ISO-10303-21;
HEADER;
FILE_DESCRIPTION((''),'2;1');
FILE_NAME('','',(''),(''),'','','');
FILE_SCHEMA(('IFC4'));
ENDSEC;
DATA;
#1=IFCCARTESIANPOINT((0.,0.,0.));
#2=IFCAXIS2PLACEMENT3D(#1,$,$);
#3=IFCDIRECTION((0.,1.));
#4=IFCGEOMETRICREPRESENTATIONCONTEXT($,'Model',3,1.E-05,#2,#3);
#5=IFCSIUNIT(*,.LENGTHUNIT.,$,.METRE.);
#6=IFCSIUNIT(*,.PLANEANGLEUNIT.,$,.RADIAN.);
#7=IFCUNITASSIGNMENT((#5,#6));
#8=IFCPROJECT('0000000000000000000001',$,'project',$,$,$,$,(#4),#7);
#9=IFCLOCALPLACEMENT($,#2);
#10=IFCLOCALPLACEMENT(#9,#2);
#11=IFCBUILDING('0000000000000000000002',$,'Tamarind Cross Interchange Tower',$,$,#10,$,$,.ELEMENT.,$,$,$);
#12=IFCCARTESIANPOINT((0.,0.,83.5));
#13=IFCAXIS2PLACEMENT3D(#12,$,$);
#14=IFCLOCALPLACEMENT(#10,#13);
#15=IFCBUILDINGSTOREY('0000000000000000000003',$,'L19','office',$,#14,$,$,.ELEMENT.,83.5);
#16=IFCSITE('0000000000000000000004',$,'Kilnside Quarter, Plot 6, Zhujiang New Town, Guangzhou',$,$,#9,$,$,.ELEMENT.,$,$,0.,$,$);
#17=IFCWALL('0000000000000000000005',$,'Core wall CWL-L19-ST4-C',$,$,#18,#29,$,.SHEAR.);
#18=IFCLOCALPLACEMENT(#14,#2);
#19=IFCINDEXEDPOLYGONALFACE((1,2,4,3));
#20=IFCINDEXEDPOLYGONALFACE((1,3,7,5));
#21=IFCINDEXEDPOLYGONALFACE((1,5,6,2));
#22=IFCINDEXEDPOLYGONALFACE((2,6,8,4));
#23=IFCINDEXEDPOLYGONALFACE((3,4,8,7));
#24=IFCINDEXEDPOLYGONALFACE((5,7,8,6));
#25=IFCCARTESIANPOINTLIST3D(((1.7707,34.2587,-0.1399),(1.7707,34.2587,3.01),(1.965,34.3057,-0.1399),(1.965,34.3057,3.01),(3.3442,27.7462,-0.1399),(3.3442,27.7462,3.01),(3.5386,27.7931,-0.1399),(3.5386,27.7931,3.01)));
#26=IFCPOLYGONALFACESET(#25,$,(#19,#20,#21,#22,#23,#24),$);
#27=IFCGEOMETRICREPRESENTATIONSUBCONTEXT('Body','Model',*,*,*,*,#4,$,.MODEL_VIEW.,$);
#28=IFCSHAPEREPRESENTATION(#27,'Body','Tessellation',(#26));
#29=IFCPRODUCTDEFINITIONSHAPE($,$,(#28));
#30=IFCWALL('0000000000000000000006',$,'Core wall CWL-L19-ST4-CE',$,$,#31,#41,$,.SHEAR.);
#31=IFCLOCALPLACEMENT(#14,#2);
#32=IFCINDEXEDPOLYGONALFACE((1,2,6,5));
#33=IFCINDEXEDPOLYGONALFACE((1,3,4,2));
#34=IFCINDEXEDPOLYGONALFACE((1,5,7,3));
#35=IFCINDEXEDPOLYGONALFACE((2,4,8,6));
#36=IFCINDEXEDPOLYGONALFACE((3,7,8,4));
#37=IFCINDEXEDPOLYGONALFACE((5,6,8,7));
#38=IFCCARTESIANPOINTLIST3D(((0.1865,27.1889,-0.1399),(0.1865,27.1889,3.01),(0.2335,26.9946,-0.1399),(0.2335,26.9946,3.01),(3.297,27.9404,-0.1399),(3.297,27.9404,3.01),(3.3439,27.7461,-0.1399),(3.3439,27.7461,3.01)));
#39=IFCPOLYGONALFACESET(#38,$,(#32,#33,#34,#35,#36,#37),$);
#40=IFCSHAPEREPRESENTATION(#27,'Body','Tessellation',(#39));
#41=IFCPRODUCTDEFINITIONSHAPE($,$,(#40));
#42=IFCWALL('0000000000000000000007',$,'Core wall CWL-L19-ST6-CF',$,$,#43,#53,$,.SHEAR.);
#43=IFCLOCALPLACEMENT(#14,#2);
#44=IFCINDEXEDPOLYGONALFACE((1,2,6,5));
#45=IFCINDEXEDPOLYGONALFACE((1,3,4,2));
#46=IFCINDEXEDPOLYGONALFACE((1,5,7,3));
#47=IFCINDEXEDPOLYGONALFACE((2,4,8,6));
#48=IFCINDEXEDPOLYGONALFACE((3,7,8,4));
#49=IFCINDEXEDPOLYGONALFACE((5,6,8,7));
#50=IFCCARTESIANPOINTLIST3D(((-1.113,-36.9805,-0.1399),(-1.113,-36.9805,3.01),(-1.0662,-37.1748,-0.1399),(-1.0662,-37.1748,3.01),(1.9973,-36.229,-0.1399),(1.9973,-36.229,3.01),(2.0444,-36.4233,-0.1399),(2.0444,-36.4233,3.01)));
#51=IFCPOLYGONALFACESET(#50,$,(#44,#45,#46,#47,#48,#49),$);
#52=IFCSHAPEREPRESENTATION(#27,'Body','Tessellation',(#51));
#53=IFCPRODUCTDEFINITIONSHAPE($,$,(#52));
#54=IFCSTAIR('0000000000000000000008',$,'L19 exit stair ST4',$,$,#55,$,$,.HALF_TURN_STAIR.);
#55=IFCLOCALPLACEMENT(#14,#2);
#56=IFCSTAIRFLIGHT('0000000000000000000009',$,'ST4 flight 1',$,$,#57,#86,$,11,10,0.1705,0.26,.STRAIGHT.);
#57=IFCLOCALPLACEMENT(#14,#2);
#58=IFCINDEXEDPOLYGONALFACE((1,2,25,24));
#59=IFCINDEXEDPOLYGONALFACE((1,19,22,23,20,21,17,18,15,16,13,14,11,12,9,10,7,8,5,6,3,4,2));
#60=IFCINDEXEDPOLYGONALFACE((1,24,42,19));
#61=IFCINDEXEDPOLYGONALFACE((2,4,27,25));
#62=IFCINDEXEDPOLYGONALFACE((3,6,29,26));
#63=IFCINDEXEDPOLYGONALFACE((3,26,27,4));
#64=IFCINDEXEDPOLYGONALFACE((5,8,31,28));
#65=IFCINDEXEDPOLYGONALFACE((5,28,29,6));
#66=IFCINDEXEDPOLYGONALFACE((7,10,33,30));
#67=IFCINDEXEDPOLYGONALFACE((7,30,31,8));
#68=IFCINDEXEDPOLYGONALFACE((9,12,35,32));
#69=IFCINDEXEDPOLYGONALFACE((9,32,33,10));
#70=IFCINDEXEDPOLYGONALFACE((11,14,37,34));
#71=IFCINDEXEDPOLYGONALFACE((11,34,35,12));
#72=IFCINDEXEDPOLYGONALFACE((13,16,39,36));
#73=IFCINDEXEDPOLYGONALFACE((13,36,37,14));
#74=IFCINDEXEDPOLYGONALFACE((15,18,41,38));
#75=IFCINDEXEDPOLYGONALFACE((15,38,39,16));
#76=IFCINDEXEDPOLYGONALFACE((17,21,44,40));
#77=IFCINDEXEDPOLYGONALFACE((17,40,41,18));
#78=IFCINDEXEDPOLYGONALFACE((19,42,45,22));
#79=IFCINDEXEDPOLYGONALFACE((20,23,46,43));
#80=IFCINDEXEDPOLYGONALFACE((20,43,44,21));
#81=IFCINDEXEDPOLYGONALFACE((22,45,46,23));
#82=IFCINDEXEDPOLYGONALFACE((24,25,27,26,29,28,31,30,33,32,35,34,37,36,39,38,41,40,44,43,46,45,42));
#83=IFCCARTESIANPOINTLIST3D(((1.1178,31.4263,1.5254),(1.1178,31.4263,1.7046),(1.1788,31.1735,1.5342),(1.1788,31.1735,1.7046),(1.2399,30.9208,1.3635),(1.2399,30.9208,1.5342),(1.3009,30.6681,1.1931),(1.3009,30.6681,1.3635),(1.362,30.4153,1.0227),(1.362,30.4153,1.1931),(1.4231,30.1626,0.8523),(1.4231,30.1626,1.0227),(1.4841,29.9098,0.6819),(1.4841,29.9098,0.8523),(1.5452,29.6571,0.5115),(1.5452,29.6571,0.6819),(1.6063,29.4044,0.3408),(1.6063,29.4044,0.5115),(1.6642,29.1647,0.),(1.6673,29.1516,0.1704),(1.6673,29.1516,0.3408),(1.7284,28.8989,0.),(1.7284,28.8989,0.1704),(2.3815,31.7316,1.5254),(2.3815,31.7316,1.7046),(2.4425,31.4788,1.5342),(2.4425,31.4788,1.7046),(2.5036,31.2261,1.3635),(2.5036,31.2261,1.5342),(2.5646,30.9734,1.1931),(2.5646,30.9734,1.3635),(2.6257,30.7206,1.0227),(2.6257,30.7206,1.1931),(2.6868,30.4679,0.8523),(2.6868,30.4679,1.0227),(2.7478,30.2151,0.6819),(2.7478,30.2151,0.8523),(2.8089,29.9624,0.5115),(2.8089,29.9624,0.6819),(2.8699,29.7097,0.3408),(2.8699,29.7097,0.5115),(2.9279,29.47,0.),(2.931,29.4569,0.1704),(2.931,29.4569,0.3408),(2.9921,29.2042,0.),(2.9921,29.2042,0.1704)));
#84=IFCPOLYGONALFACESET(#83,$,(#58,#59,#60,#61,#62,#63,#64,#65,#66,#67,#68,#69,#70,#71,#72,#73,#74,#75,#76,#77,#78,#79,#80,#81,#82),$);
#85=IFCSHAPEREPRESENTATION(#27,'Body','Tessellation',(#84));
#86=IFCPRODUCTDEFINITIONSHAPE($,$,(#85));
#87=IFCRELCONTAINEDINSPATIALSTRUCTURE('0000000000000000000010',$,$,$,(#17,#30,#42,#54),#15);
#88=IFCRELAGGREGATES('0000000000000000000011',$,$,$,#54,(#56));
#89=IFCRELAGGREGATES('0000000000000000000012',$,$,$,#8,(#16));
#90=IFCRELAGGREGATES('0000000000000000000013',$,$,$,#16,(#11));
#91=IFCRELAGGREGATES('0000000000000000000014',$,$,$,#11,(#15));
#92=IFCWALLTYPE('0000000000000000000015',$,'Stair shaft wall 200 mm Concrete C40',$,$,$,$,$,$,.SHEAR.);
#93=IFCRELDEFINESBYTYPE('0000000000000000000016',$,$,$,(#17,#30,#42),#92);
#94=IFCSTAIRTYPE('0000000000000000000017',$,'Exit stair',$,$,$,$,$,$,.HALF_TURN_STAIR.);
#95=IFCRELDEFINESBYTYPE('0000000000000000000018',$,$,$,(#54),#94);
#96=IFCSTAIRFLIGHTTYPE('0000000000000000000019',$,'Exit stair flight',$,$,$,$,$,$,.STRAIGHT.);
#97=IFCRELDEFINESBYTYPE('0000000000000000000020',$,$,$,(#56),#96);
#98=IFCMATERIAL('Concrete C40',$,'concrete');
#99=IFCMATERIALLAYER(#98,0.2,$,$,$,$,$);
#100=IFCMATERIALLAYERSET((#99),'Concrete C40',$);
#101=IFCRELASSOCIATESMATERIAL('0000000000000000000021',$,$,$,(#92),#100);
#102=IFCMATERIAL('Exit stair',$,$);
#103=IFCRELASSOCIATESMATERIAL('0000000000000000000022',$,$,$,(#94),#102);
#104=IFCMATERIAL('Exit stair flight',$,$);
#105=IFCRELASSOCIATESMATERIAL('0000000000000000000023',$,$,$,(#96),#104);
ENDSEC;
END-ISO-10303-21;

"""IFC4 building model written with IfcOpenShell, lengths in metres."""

from ifc_helpers import new_model, si_unit, direction, frame, frame_2d, origin, place, context, subcontext, project, spatial, polyline, rectangle, outline, extrude, material, layer, layer_set, type_object, element, aggregate, save


model = new_model("IFC4")

# Units and contexts
model_context = context("Model", 3, precision=1e-05, world=origin(), true_north=direction((0.0, 1.0)))
body_context = subcontext(model_context, "Body", "Model", "MODEL_VIEW")
ifc_project = project(units=[si_unit("LENGTHUNIT", "METRE"), si_unit("PLANEANGLEUNIT", "RADIAN")], contexts=[model_context])

# Site, building, storey
site_placement = place(None, origin())
site = spatial("IfcSite", under=ifc_project, at=site_placement, Name="Kilnside Quarter, Plot 6, Zhujiang New Town, Guangzhou", CompositionType="ELEMENT", RefElevation=0.0)
building_placement = place(site_placement, origin())
building = spatial("IfcBuilding", under=site, at=building_placement, Name="Tamarind Cross Interchange Tower", CompositionType="ELEMENT")
storey_placement = place(building_placement, frame((0.0, 0.0, 83.5)))
storey = spatial("IfcBuildingStorey", under=building, at=storey_placement, Name="L19", Description="office", CompositionType="ELEMENT", Elevation=83.5)

# Shared definitions
ifc_material_1 = material(Name="Concrete C40", Category="concrete")
ifc_layer_1 = layer(ifc_material_1, 0.2)
ifc_layer_set_1 = layer_set([ifc_layer_1], Name="Concrete C40")
wall_type_1 = type_object("IfcWallType", Name="Stair shaft wall 200 mm Concrete C40", PredefinedType="SHEAR", material=ifc_layer_set_1)

# Walls
wall_1_placement = place(storey_placement, frame((3.4414, 27.7695, -0.1399), z_axis=(0.0, 0.0, 1.0), x_axis=(-0.234854, 0.972031, 0.0)))
element("IfcWall", 1, at=wall_1_placement, inside=storey, type_object=wall_type_1, Name="Core wall CWL-L19-ST4-C", PredefinedType="SHEAR", context=body_context, shape_type="SweptSolid", body=[
    extrude(rectangle(XDim=6.7, YDim=0.2, at=frame_2d((3.3501, 0.0))), origin(), (0.0, 0.0, 1.0), 3.1499),
])
wall_2_placement = place(storey_placement, frame((3.3206, 27.8433, -0.1399), z_axis=(0.0, 0.0, 1.0), x_axis=(-0.972033, -0.234844, 0.0)))
element("IfcWall", 2, at=wall_2_placement, inside=storey, type_object=wall_type_1, Name="Core wall CWL-L19-ST4-CE", PredefinedType="SHEAR", context=body_context, shape_type="SweptSolid", body=[
    extrude(rectangle(XDim=3.2, YDim=0.2, at=frame_2d((1.6001, 0.0))), origin(), (0.0, 0.0, 1.0), 3.1499),
])
wall_3_placement = place(storey_placement, frame((0.0, 0.0, -0.1399)))
element("IfcWall", 3, at=wall_3_placement, inside=storey, type_object=wall_type_1, Name="Core wall CWL-L19-ST6-CF", PredefinedType="SHEAR", context=body_context, shape_type="SweptSolid", body=[
    extrude(outline(polyline([(-1.113, -36.9805), (-1.0662, -37.1748), (2.0444, -36.4233), (1.9973, -36.229), (-1.113, -36.9805)])), origin(), (0.0, 0.0, 1.0), 3.1499),
])

# Stair, stair flight
ifc_material_2 = material(Name="Exit stair")
stair_type = type_object("IfcStairType", Name="Exit stair", PredefinedType="HALF_TURN_STAIR", material=ifc_material_2)
stair_placement = place(storey_placement, origin())
stair = element("IfcStair", 4, at=stair_placement, inside=storey, type_object=stair_type, Name="L19 exit stair ST4", PredefinedType="HALF_TURN_STAIR")
ifc_material_3 = material(Name="Exit stair flight")
stair_flight_type = type_object("IfcStairFlightType", Name="Exit stair flight", PredefinedType="STRAIGHT", material=ifc_material_3)
stair_flight_placement = place(storey_placement, frame((2.3601, 29.0515, 0.0), z_axis=(0.0, 0.0, 1.0), x_axis=(-0.234844, 0.972033, 0.0)))
stair_flight = element("IfcStairFlight", 5, at=stair_flight_placement, type_object=stair_flight_type, Name="ST4 flight 1", NumberOfRisers=11, NumberOfTreads=10, PredefinedType="STRAIGHT", RiserHeight=0.1705, TreadLength=0.26, context=body_context, shape_type="SweptSolid", body=[
    extrude(outline(polyline([(0.0, 0.0), (0.0, 0.1704), (0.26, 0.1704), (0.26, 0.3408), (0.52, 0.3408), (0.52, 0.5115), (0.78, 0.5115), (0.78, 0.6819), (1.04, 0.6819), (1.04, 0.8523), (1.3, 0.8523), (1.3, 1.0227), (1.5601, 1.0227), (1.5601, 1.1931), (1.8201, 1.1931), (1.8201, 1.3635), (2.0801, 1.3635), (2.0801, 1.5342), (2.3401, 1.5342), (2.3401, 1.7046), (2.6001, 1.7046), (2.6001, 1.875), (2.6001, 1.5254), (0.2734, 0.0), (0.0, 0.0)])), frame((0.0, 0.6499, 0.0), z_axis=(0.0, -1.0, 0.0), x_axis=(1.0, 0.0, 0.0)), (0.0, 0.0, 1.0), 1.3),
])
aggregate(stair, [stair_flight])

save(model, "model.ifc")
